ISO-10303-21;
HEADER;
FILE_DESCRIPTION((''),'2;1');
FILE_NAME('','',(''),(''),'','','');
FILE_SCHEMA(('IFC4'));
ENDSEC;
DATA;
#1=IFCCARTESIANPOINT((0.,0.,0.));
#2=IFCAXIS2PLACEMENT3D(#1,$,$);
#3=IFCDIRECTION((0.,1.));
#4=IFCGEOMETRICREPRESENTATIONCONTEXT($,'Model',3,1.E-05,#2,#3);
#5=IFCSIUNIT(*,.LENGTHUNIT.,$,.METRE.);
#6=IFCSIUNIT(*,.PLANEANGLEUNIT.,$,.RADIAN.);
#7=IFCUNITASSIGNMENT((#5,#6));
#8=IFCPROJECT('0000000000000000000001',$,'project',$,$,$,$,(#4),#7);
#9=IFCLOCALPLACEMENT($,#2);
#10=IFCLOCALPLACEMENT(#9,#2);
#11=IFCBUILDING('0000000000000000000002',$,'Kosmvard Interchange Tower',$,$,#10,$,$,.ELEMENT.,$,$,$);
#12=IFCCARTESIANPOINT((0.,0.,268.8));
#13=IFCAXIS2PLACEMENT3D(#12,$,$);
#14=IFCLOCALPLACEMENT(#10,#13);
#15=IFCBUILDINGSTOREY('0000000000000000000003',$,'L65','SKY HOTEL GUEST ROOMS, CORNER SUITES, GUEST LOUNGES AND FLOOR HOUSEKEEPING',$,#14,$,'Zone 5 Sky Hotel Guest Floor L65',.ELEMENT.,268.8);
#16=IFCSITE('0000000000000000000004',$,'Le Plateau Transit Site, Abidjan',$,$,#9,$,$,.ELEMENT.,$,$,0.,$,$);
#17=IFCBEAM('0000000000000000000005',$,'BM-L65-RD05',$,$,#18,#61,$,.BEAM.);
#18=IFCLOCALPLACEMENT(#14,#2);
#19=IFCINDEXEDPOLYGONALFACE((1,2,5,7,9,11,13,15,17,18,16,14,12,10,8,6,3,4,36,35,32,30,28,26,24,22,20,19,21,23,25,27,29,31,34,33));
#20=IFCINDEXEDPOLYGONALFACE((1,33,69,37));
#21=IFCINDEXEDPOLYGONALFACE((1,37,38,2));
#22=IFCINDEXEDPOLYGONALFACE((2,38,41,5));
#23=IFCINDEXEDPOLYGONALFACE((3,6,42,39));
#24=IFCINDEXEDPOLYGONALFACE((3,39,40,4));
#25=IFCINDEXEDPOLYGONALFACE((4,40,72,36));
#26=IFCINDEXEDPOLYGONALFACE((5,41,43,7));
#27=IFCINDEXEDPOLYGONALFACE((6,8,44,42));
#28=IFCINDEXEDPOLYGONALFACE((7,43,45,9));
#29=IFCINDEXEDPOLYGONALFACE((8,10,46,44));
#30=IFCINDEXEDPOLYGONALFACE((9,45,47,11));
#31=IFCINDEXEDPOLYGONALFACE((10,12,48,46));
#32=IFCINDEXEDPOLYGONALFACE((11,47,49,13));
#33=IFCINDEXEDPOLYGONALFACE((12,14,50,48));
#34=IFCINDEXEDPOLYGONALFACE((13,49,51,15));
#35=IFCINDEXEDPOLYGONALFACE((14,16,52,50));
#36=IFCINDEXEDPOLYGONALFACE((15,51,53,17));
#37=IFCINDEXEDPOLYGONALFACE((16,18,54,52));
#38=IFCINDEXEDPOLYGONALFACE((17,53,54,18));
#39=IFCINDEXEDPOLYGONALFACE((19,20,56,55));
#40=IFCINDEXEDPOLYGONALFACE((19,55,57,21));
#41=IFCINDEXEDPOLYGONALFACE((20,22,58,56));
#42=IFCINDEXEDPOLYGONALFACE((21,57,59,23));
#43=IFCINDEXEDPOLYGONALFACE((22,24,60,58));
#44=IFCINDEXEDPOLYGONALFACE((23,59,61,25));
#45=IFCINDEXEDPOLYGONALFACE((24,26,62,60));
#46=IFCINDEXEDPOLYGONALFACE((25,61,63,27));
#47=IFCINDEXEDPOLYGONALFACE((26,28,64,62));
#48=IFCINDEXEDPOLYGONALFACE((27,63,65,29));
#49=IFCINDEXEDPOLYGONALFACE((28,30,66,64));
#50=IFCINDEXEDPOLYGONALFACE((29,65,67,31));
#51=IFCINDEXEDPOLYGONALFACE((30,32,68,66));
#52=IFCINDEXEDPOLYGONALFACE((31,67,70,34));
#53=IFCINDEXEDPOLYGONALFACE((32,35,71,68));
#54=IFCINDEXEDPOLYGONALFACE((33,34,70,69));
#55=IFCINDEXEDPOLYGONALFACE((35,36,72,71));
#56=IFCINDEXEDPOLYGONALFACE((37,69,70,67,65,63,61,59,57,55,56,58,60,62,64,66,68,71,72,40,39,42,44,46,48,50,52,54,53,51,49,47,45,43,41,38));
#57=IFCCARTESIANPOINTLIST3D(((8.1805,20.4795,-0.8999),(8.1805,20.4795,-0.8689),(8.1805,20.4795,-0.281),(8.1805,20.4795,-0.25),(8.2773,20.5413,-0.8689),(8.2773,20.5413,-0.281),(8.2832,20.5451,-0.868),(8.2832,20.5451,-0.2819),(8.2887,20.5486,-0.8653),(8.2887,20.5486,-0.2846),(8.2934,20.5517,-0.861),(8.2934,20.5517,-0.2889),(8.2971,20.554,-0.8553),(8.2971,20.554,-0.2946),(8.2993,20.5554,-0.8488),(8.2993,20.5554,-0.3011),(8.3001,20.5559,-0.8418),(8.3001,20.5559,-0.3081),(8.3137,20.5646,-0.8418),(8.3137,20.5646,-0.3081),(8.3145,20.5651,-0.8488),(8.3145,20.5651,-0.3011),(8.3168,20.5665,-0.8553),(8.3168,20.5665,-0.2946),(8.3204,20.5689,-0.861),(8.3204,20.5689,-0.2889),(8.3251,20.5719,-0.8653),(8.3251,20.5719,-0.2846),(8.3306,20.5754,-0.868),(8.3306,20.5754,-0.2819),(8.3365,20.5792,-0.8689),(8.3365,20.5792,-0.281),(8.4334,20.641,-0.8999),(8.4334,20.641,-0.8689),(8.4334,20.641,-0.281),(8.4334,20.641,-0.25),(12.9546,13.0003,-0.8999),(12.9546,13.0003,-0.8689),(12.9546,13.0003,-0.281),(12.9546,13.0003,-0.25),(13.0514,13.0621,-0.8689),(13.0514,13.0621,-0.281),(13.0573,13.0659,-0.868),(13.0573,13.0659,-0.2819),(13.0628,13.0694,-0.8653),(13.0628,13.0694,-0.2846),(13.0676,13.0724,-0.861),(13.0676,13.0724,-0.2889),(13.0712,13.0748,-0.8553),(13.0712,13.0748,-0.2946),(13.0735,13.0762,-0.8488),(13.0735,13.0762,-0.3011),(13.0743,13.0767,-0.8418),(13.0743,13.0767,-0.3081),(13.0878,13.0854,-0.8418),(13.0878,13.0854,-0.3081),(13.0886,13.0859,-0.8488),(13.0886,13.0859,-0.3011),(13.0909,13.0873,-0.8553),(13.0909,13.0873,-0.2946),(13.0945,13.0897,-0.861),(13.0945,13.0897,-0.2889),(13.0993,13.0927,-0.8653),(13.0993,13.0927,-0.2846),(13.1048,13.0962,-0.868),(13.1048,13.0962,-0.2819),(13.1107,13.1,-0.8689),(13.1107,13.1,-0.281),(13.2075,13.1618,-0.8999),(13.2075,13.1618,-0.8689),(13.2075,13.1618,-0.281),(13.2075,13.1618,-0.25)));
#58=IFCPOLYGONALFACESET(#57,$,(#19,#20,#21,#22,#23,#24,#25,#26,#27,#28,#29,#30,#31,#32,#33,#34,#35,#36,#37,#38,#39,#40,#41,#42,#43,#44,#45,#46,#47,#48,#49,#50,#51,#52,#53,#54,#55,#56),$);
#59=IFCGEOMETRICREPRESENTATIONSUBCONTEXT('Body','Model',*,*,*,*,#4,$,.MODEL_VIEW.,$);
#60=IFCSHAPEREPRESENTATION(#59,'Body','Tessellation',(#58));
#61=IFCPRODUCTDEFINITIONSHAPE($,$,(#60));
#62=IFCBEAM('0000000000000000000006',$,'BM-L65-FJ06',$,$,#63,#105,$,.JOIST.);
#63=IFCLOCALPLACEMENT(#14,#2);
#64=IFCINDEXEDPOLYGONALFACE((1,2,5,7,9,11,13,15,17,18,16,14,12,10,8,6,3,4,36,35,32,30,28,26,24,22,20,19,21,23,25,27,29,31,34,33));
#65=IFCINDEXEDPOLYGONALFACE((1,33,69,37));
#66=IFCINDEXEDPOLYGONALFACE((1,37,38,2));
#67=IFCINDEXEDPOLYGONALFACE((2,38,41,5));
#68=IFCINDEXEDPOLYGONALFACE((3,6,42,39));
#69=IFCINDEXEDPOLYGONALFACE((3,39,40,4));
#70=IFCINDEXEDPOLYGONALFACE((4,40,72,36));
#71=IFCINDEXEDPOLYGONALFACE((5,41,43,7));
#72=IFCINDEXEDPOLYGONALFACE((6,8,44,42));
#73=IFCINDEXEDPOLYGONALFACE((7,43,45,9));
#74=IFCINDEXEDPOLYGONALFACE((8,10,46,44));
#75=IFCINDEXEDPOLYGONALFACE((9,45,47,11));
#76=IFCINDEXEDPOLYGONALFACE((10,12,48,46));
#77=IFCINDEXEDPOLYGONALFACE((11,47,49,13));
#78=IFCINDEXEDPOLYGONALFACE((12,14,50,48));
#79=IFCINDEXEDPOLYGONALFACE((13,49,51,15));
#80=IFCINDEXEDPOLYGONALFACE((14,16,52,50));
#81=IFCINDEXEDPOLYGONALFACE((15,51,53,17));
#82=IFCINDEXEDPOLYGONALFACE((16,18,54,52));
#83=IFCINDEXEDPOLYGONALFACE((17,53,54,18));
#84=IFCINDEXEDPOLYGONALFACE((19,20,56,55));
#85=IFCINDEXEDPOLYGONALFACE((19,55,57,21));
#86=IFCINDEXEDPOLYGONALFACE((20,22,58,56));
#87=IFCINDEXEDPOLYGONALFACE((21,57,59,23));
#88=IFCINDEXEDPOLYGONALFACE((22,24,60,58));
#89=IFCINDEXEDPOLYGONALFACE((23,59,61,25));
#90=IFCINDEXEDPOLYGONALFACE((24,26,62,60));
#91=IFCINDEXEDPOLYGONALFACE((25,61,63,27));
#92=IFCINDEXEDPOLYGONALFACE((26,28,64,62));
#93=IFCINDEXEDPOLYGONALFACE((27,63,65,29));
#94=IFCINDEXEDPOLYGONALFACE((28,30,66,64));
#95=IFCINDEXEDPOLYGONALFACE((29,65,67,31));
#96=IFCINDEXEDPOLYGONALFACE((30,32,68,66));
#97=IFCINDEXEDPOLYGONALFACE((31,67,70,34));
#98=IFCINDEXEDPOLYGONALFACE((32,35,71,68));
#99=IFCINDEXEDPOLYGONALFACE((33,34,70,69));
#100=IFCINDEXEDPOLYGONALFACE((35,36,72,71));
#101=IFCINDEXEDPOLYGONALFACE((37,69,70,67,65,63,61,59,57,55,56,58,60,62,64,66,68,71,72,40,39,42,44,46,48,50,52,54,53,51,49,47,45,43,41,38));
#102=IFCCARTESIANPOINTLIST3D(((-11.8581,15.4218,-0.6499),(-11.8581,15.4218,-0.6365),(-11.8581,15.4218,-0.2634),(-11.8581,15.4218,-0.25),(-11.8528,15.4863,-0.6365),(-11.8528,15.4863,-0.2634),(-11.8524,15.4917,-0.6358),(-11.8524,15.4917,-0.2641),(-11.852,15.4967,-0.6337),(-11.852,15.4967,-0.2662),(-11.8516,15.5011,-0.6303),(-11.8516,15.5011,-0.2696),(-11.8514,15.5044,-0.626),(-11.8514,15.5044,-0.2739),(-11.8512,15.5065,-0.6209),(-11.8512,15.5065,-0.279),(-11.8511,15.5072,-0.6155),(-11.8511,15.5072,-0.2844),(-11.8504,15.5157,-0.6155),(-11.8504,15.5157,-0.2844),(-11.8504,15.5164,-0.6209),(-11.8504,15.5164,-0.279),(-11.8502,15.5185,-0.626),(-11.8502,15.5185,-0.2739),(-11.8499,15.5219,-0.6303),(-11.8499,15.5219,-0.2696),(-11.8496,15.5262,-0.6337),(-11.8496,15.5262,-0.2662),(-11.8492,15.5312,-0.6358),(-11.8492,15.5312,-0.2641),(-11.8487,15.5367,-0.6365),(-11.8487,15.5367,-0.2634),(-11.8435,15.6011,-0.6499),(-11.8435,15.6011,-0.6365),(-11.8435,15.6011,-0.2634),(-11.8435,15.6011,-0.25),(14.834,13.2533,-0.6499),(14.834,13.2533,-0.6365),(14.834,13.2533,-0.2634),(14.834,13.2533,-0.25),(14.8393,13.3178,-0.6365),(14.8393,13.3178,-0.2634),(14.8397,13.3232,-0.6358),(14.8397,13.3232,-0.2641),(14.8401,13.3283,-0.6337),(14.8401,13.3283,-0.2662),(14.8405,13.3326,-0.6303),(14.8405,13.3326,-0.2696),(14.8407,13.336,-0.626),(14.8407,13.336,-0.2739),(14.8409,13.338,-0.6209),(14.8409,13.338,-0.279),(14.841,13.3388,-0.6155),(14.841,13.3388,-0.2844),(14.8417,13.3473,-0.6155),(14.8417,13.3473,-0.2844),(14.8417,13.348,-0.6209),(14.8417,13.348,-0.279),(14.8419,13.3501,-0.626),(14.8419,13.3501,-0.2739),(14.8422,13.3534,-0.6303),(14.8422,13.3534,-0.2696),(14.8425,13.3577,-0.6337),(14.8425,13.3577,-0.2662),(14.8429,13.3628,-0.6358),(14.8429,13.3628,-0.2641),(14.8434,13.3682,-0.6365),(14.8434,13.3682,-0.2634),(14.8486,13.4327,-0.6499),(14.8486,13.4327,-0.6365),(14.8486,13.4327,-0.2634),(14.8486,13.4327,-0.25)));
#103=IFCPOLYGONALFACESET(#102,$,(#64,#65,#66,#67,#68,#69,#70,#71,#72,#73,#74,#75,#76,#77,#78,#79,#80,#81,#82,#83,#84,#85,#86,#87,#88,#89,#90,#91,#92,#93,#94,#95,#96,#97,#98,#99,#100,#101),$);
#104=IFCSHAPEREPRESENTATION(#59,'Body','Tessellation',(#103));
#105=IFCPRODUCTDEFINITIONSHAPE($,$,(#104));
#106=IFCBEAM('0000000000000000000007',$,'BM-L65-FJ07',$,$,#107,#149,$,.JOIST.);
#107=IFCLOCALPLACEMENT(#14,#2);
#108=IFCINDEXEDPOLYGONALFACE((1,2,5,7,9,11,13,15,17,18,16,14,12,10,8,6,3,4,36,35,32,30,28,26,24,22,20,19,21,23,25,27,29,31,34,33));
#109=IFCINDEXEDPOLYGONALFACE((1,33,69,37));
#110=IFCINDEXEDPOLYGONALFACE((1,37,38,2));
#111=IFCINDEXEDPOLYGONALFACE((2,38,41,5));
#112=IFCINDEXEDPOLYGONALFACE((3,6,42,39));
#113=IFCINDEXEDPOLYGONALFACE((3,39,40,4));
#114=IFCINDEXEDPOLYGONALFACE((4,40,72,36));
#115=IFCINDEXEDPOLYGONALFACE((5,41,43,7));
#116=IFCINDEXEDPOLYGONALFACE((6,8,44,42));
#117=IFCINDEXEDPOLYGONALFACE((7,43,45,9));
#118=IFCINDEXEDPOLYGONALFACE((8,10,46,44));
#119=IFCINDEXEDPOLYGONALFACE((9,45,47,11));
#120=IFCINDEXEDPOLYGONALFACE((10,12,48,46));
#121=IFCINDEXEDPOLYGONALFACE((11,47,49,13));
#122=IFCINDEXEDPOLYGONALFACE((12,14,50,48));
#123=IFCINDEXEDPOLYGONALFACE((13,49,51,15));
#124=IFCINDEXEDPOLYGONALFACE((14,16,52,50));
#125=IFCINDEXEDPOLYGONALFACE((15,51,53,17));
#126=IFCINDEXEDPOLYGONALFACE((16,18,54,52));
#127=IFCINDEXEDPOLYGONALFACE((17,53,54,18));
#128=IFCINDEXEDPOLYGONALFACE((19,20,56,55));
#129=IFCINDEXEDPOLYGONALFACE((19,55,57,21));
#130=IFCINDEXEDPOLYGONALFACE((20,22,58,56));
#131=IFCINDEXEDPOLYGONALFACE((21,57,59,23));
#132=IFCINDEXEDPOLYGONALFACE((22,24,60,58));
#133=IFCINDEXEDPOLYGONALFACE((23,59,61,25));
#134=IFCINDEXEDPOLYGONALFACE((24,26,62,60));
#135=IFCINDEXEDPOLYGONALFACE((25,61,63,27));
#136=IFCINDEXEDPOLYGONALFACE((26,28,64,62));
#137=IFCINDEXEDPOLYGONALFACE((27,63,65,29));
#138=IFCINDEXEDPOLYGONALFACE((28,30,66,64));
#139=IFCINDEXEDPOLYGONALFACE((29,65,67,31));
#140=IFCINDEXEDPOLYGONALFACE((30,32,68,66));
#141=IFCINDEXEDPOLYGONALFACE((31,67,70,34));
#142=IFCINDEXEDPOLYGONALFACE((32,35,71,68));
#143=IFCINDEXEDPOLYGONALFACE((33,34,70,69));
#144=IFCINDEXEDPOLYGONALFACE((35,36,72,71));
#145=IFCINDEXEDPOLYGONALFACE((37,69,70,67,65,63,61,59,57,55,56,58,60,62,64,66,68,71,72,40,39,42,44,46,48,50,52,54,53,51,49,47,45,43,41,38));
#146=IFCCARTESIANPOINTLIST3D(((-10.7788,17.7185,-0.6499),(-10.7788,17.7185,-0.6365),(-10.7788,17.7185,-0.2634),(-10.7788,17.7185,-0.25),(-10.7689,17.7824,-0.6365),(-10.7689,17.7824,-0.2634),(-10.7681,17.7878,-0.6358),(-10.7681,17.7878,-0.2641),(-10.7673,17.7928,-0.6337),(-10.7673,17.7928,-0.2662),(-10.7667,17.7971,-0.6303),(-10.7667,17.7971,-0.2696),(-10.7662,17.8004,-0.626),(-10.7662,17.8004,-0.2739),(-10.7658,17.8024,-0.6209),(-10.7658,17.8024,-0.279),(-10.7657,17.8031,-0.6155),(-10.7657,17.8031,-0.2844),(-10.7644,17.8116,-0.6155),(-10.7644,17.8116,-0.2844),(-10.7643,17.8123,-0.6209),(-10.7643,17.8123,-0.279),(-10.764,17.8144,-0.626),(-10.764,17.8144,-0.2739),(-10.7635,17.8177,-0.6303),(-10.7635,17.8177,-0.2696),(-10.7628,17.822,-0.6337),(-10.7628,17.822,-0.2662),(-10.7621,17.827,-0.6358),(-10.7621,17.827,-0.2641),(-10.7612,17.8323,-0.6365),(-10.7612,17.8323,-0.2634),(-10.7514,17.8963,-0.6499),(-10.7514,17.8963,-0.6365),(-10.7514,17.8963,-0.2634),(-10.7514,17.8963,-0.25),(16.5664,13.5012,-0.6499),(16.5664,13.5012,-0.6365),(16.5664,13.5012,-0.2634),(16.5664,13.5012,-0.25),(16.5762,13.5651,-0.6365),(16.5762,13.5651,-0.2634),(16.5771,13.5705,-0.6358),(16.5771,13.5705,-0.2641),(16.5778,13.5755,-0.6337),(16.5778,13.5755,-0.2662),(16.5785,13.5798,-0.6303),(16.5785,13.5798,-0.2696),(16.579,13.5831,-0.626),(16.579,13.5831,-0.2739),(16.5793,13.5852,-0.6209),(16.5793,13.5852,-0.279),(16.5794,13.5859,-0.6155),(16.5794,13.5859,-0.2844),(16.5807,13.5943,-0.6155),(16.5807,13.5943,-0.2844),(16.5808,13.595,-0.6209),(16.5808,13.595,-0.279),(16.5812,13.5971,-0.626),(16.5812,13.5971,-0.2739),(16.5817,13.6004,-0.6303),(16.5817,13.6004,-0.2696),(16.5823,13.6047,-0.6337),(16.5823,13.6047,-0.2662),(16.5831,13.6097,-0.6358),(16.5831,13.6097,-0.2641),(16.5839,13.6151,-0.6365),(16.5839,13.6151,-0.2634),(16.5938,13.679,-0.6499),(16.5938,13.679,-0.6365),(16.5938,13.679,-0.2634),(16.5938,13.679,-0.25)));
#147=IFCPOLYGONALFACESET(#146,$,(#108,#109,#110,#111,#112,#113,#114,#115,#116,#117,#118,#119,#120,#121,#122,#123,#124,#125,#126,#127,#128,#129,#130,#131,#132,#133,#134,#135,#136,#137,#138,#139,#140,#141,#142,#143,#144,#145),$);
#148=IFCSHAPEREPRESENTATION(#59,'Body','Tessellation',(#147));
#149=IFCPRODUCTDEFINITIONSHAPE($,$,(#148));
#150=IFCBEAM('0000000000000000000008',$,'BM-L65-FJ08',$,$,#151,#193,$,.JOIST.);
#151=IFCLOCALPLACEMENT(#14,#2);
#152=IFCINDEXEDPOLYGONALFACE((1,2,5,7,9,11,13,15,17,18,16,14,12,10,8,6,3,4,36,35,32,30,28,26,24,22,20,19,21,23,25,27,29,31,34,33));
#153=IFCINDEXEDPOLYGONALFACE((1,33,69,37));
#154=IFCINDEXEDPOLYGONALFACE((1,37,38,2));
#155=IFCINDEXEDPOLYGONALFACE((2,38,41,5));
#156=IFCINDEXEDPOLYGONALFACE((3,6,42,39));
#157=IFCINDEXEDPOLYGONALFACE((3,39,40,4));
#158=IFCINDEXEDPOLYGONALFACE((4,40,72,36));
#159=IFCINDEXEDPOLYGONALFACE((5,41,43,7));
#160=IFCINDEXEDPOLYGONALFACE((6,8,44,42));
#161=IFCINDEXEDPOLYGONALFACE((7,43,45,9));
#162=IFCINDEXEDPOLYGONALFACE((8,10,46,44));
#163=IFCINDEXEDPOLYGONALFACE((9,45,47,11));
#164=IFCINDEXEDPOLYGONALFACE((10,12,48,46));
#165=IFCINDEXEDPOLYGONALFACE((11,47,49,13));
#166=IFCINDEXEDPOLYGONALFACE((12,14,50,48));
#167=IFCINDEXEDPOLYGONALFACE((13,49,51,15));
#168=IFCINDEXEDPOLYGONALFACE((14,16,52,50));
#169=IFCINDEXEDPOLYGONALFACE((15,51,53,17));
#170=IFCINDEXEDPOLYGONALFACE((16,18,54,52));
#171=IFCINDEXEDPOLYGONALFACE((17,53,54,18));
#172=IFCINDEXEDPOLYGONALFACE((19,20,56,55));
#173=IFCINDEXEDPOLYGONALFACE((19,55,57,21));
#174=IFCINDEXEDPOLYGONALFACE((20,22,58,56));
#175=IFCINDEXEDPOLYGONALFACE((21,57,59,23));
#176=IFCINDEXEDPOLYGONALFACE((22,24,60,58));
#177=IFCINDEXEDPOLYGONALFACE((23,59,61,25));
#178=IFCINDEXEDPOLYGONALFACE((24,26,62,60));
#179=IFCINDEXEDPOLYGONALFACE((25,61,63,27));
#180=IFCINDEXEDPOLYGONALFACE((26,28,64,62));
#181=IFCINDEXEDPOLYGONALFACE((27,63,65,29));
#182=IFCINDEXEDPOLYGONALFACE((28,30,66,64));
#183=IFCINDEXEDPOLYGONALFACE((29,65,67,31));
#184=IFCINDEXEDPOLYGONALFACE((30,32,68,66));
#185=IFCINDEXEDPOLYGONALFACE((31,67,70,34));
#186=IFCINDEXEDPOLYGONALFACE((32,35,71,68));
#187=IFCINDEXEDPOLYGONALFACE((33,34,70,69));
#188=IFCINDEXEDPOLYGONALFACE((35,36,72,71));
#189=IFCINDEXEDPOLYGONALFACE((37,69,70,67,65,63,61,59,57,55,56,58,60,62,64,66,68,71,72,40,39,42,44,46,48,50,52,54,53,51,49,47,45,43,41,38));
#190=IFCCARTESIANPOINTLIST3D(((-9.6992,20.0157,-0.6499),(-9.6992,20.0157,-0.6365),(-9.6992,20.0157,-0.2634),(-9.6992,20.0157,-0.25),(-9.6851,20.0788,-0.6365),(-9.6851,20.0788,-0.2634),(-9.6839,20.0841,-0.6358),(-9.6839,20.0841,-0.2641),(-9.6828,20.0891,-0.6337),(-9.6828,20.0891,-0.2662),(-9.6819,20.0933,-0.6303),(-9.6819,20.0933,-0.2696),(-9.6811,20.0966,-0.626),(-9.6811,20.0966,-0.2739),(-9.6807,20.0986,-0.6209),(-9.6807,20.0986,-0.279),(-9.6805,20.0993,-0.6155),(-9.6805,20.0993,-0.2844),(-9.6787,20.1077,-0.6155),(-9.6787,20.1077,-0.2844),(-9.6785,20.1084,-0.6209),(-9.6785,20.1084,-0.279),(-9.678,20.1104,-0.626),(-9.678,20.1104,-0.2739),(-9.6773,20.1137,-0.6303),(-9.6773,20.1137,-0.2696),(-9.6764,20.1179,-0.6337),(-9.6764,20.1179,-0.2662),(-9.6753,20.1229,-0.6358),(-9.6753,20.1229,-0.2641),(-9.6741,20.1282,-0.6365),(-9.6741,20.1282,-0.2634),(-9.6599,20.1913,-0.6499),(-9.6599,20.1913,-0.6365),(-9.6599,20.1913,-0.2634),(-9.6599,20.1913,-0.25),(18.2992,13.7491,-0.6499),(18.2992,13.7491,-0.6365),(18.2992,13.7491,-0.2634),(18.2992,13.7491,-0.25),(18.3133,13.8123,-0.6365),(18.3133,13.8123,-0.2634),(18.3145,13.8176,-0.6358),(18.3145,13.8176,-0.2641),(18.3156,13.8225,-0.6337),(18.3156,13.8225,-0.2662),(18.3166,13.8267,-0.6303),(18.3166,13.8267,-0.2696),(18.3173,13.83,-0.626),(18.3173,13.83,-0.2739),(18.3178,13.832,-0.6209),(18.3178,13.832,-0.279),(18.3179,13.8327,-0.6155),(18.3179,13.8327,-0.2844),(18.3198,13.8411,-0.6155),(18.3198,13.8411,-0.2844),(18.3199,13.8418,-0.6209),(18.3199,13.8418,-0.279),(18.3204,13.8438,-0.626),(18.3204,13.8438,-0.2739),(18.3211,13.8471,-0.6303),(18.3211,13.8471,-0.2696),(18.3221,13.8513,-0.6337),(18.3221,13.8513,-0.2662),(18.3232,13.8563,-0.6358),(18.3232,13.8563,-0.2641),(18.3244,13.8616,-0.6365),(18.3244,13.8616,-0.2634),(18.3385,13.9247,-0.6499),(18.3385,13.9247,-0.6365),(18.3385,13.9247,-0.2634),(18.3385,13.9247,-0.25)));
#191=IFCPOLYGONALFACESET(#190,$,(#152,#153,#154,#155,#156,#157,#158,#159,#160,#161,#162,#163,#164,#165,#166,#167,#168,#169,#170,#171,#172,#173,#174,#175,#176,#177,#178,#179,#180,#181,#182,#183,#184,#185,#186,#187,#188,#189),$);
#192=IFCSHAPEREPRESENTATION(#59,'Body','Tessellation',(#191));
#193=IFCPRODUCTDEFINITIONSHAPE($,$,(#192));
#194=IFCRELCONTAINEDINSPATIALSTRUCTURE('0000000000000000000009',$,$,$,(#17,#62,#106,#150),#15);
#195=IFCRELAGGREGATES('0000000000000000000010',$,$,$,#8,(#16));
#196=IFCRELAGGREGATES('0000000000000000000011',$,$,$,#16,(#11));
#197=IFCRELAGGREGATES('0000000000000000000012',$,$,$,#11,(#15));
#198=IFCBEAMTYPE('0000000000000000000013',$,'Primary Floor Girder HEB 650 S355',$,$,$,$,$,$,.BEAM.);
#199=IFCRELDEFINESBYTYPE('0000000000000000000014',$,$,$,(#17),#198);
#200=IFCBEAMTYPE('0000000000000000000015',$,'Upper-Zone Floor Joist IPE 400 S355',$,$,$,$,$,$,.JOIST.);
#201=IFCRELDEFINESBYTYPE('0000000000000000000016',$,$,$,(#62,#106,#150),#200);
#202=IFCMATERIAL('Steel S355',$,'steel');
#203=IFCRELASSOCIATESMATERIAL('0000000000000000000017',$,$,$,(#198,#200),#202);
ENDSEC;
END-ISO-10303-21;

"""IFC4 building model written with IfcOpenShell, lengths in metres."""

from ifc_helpers import new_model, si_unit, direction, frame, origin, origin_2d, place, context, subcontext, project, spatial, i_section, extrude, source, transform, mapped, material, material_profile, profile_set, type_object, element, save


model = new_model("IFC4")

# Units and contexts
model_context = context("Model", 3, precision=1e-05, world=origin(), true_north=direction((0.0, 1.0)))
body_context = subcontext(model_context, "Body", "Model", "MODEL_VIEW")
ifc_project = project(units=[si_unit("LENGTHUNIT", "METRE"), si_unit("PLANEANGLEUNIT", "RADIAN")], contexts=[model_context])

# Site, building, storey
site_placement = place(None, origin())
site = spatial("IfcSite", under=ifc_project, at=site_placement, Name="Le Plateau Transit Site, Abidjan", CompositionType="ELEMENT", RefElevation=0.0)
building_placement = place(site_placement, origin())
building = spatial("IfcBuilding", under=site, at=building_placement, Name="Kosmvard Interchange Tower", CompositionType="ELEMENT")
storey_placement = place(building_placement, frame((0.0, 0.0, 268.8)))
storey = spatial("IfcBuildingStorey", under=building, at=storey_placement, Name="L65", Description="SKY HOTEL GUEST ROOMS, CORNER SUITES, GUEST LOUNGES AND FLOOR HOUSEKEEPING", LongName="Zone 5 Sky Hotel Guest Floor L65", CompositionType="ELEMENT", Elevation=268.8)

# Beams
ifc_material_1 = material(Name="Steel S355", Category="steel")
ifc_material_profile_1 = material_profile(ifc_material_1, i_section(OverallWidth=0.3, OverallDepth=0.6499, WebThickness=0.0161, FlangeThickness=0.031, FilletRadius=0.0271, at=origin_2d()), Name="HEB 650")
ifc_profile_set_1 = profile_set([ifc_material_profile_1], Name="Steel S355")
beam_type_1 = type_object("IfcBeamType", Name="Primary Floor Girder HEB 650 S355", PredefinedType="BEAM", material=ifc_profile_set_1)
shared_shape_1 = source(origin(), body_context, "Body", "SweptSolid", [
    extrude(i_section(OverallWidth=0.3, OverallDepth=0.6499, WebThickness=0.0161, FlangeThickness=0.031, FilletRadius=0.0271, at=origin_2d()), origin(), (0.0, 0.0, 1.0), 8.873),
])
beam_1_placement = place(storey_placement, frame((13.0811, 13.0811, -0.575), z_axis=(-0.53805, 0.842913, 0.0), x_axis=(-0.842913, -0.53805, 0.0)))
element("IfcBeam", 1, at=beam_1_placement, inside=storey, type_object=beam_type_1, Name="BM-L65-RD05", PredefinedType="BEAM", context=body_context, shape_type="MappedRepresentation", body=[
    mapped(shared_shape_1, transform((0.0, 0.0, 0.0), scale=1.0)),
])
ifc_material_profile_2 = material_profile(ifc_material_1, i_section(OverallWidth=0.1799, OverallDepth=0.3999, WebThickness=0.0085, FlangeThickness=0.0134, FilletRadius=0.021, at=origin_2d()), Name="IPE 400")
ifc_profile_set_2 = profile_set([ifc_material_profile_2], Name="Steel S355")
beam_type_2 = type_object("IfcBeamType", Name="Upper-Zone Floor Joist IPE 400 S355", PredefinedType="JOIST", material=ifc_profile_set_2)
shared_shape_2 = source(origin(), body_context, "Body", "SweptSolid", [
    extrude(i_section(OverallWidth=0.1799, OverallDepth=0.3999, WebThickness=0.0085, FlangeThickness=0.0134, FilletRadius=0.021, at=origin_2d()), origin(), (0.0, 0.0, 1.0), 26.78),
])
beam_2_placement = place(storey_placement, frame((14.8413, 13.343, -0.45), z_axis=(-0.996716, 0.080973, 0.0), x_axis=(-0.080973, -0.996716, 0.0)))
element("IfcBeam", 2, at=beam_2_placement, inside=storey, type_object=beam_type_2, Name="BM-L65-FJ06", PredefinedType="JOIST", context=body_context, shape_type="MappedRepresentation", body=[
    mapped(shared_shape_2, transform((0.0, 0.0, 0.0), scale=1.0)),
])
shared_shape_3 = source(origin(), body_context, "Body", "SweptSolid", [
    extrude(i_section(OverallWidth=0.1799, OverallDepth=0.3999, WebThickness=0.0085, FlangeThickness=0.0134, FilletRadius=0.021, at=origin_2d()), origin(), (0.0, 0.0, 1.0), 27.6685),
])
beam_3_placement = place(storey_placement, frame((16.5801, 13.5901, -0.45), z_axis=(-0.988316, 0.152422, 0.0), x_axis=(-0.152422, -0.988316, 0.0)))
element("IfcBeam", 3, at=beam_3_placement, inside=storey, type_object=beam_type_2, Name="BM-L65-FJ07", PredefinedType="JOIST", context=body_context, shape_type="MappedRepresentation", body=[
    mapped(shared_shape_3, transform((0.0, 0.0, 0.0), scale=1.0)),
])
shared_shape_4 = source(origin(), body_context, "Body", "SweptSolid", [
    extrude(i_section(OverallWidth=0.1799, OverallDepth=0.3999, WebThickness=0.0085, FlangeThickness=0.0134, FilletRadius=0.021, at=origin_2d()), origin(), (0.0, 0.0, 1.0), 28.6912),
])
beam_4_placement = place(storey_placement, frame((18.3188, 13.8369, -0.45), z_axis=(-0.975856, 0.218415, 0.0), x_axis=(-0.218415, -0.975856, 0.0)))
element("IfcBeam", 4, at=beam_4_placement, inside=storey, type_object=beam_type_2, Name="BM-L65-FJ08", PredefinedType="JOIST", context=body_context, shape_type="MappedRepresentation", body=[
    mapped(shared_shape_4, transform((0.0, 0.0, 0.0), scale=1.0)),
])

save(model, "model.ifc")
